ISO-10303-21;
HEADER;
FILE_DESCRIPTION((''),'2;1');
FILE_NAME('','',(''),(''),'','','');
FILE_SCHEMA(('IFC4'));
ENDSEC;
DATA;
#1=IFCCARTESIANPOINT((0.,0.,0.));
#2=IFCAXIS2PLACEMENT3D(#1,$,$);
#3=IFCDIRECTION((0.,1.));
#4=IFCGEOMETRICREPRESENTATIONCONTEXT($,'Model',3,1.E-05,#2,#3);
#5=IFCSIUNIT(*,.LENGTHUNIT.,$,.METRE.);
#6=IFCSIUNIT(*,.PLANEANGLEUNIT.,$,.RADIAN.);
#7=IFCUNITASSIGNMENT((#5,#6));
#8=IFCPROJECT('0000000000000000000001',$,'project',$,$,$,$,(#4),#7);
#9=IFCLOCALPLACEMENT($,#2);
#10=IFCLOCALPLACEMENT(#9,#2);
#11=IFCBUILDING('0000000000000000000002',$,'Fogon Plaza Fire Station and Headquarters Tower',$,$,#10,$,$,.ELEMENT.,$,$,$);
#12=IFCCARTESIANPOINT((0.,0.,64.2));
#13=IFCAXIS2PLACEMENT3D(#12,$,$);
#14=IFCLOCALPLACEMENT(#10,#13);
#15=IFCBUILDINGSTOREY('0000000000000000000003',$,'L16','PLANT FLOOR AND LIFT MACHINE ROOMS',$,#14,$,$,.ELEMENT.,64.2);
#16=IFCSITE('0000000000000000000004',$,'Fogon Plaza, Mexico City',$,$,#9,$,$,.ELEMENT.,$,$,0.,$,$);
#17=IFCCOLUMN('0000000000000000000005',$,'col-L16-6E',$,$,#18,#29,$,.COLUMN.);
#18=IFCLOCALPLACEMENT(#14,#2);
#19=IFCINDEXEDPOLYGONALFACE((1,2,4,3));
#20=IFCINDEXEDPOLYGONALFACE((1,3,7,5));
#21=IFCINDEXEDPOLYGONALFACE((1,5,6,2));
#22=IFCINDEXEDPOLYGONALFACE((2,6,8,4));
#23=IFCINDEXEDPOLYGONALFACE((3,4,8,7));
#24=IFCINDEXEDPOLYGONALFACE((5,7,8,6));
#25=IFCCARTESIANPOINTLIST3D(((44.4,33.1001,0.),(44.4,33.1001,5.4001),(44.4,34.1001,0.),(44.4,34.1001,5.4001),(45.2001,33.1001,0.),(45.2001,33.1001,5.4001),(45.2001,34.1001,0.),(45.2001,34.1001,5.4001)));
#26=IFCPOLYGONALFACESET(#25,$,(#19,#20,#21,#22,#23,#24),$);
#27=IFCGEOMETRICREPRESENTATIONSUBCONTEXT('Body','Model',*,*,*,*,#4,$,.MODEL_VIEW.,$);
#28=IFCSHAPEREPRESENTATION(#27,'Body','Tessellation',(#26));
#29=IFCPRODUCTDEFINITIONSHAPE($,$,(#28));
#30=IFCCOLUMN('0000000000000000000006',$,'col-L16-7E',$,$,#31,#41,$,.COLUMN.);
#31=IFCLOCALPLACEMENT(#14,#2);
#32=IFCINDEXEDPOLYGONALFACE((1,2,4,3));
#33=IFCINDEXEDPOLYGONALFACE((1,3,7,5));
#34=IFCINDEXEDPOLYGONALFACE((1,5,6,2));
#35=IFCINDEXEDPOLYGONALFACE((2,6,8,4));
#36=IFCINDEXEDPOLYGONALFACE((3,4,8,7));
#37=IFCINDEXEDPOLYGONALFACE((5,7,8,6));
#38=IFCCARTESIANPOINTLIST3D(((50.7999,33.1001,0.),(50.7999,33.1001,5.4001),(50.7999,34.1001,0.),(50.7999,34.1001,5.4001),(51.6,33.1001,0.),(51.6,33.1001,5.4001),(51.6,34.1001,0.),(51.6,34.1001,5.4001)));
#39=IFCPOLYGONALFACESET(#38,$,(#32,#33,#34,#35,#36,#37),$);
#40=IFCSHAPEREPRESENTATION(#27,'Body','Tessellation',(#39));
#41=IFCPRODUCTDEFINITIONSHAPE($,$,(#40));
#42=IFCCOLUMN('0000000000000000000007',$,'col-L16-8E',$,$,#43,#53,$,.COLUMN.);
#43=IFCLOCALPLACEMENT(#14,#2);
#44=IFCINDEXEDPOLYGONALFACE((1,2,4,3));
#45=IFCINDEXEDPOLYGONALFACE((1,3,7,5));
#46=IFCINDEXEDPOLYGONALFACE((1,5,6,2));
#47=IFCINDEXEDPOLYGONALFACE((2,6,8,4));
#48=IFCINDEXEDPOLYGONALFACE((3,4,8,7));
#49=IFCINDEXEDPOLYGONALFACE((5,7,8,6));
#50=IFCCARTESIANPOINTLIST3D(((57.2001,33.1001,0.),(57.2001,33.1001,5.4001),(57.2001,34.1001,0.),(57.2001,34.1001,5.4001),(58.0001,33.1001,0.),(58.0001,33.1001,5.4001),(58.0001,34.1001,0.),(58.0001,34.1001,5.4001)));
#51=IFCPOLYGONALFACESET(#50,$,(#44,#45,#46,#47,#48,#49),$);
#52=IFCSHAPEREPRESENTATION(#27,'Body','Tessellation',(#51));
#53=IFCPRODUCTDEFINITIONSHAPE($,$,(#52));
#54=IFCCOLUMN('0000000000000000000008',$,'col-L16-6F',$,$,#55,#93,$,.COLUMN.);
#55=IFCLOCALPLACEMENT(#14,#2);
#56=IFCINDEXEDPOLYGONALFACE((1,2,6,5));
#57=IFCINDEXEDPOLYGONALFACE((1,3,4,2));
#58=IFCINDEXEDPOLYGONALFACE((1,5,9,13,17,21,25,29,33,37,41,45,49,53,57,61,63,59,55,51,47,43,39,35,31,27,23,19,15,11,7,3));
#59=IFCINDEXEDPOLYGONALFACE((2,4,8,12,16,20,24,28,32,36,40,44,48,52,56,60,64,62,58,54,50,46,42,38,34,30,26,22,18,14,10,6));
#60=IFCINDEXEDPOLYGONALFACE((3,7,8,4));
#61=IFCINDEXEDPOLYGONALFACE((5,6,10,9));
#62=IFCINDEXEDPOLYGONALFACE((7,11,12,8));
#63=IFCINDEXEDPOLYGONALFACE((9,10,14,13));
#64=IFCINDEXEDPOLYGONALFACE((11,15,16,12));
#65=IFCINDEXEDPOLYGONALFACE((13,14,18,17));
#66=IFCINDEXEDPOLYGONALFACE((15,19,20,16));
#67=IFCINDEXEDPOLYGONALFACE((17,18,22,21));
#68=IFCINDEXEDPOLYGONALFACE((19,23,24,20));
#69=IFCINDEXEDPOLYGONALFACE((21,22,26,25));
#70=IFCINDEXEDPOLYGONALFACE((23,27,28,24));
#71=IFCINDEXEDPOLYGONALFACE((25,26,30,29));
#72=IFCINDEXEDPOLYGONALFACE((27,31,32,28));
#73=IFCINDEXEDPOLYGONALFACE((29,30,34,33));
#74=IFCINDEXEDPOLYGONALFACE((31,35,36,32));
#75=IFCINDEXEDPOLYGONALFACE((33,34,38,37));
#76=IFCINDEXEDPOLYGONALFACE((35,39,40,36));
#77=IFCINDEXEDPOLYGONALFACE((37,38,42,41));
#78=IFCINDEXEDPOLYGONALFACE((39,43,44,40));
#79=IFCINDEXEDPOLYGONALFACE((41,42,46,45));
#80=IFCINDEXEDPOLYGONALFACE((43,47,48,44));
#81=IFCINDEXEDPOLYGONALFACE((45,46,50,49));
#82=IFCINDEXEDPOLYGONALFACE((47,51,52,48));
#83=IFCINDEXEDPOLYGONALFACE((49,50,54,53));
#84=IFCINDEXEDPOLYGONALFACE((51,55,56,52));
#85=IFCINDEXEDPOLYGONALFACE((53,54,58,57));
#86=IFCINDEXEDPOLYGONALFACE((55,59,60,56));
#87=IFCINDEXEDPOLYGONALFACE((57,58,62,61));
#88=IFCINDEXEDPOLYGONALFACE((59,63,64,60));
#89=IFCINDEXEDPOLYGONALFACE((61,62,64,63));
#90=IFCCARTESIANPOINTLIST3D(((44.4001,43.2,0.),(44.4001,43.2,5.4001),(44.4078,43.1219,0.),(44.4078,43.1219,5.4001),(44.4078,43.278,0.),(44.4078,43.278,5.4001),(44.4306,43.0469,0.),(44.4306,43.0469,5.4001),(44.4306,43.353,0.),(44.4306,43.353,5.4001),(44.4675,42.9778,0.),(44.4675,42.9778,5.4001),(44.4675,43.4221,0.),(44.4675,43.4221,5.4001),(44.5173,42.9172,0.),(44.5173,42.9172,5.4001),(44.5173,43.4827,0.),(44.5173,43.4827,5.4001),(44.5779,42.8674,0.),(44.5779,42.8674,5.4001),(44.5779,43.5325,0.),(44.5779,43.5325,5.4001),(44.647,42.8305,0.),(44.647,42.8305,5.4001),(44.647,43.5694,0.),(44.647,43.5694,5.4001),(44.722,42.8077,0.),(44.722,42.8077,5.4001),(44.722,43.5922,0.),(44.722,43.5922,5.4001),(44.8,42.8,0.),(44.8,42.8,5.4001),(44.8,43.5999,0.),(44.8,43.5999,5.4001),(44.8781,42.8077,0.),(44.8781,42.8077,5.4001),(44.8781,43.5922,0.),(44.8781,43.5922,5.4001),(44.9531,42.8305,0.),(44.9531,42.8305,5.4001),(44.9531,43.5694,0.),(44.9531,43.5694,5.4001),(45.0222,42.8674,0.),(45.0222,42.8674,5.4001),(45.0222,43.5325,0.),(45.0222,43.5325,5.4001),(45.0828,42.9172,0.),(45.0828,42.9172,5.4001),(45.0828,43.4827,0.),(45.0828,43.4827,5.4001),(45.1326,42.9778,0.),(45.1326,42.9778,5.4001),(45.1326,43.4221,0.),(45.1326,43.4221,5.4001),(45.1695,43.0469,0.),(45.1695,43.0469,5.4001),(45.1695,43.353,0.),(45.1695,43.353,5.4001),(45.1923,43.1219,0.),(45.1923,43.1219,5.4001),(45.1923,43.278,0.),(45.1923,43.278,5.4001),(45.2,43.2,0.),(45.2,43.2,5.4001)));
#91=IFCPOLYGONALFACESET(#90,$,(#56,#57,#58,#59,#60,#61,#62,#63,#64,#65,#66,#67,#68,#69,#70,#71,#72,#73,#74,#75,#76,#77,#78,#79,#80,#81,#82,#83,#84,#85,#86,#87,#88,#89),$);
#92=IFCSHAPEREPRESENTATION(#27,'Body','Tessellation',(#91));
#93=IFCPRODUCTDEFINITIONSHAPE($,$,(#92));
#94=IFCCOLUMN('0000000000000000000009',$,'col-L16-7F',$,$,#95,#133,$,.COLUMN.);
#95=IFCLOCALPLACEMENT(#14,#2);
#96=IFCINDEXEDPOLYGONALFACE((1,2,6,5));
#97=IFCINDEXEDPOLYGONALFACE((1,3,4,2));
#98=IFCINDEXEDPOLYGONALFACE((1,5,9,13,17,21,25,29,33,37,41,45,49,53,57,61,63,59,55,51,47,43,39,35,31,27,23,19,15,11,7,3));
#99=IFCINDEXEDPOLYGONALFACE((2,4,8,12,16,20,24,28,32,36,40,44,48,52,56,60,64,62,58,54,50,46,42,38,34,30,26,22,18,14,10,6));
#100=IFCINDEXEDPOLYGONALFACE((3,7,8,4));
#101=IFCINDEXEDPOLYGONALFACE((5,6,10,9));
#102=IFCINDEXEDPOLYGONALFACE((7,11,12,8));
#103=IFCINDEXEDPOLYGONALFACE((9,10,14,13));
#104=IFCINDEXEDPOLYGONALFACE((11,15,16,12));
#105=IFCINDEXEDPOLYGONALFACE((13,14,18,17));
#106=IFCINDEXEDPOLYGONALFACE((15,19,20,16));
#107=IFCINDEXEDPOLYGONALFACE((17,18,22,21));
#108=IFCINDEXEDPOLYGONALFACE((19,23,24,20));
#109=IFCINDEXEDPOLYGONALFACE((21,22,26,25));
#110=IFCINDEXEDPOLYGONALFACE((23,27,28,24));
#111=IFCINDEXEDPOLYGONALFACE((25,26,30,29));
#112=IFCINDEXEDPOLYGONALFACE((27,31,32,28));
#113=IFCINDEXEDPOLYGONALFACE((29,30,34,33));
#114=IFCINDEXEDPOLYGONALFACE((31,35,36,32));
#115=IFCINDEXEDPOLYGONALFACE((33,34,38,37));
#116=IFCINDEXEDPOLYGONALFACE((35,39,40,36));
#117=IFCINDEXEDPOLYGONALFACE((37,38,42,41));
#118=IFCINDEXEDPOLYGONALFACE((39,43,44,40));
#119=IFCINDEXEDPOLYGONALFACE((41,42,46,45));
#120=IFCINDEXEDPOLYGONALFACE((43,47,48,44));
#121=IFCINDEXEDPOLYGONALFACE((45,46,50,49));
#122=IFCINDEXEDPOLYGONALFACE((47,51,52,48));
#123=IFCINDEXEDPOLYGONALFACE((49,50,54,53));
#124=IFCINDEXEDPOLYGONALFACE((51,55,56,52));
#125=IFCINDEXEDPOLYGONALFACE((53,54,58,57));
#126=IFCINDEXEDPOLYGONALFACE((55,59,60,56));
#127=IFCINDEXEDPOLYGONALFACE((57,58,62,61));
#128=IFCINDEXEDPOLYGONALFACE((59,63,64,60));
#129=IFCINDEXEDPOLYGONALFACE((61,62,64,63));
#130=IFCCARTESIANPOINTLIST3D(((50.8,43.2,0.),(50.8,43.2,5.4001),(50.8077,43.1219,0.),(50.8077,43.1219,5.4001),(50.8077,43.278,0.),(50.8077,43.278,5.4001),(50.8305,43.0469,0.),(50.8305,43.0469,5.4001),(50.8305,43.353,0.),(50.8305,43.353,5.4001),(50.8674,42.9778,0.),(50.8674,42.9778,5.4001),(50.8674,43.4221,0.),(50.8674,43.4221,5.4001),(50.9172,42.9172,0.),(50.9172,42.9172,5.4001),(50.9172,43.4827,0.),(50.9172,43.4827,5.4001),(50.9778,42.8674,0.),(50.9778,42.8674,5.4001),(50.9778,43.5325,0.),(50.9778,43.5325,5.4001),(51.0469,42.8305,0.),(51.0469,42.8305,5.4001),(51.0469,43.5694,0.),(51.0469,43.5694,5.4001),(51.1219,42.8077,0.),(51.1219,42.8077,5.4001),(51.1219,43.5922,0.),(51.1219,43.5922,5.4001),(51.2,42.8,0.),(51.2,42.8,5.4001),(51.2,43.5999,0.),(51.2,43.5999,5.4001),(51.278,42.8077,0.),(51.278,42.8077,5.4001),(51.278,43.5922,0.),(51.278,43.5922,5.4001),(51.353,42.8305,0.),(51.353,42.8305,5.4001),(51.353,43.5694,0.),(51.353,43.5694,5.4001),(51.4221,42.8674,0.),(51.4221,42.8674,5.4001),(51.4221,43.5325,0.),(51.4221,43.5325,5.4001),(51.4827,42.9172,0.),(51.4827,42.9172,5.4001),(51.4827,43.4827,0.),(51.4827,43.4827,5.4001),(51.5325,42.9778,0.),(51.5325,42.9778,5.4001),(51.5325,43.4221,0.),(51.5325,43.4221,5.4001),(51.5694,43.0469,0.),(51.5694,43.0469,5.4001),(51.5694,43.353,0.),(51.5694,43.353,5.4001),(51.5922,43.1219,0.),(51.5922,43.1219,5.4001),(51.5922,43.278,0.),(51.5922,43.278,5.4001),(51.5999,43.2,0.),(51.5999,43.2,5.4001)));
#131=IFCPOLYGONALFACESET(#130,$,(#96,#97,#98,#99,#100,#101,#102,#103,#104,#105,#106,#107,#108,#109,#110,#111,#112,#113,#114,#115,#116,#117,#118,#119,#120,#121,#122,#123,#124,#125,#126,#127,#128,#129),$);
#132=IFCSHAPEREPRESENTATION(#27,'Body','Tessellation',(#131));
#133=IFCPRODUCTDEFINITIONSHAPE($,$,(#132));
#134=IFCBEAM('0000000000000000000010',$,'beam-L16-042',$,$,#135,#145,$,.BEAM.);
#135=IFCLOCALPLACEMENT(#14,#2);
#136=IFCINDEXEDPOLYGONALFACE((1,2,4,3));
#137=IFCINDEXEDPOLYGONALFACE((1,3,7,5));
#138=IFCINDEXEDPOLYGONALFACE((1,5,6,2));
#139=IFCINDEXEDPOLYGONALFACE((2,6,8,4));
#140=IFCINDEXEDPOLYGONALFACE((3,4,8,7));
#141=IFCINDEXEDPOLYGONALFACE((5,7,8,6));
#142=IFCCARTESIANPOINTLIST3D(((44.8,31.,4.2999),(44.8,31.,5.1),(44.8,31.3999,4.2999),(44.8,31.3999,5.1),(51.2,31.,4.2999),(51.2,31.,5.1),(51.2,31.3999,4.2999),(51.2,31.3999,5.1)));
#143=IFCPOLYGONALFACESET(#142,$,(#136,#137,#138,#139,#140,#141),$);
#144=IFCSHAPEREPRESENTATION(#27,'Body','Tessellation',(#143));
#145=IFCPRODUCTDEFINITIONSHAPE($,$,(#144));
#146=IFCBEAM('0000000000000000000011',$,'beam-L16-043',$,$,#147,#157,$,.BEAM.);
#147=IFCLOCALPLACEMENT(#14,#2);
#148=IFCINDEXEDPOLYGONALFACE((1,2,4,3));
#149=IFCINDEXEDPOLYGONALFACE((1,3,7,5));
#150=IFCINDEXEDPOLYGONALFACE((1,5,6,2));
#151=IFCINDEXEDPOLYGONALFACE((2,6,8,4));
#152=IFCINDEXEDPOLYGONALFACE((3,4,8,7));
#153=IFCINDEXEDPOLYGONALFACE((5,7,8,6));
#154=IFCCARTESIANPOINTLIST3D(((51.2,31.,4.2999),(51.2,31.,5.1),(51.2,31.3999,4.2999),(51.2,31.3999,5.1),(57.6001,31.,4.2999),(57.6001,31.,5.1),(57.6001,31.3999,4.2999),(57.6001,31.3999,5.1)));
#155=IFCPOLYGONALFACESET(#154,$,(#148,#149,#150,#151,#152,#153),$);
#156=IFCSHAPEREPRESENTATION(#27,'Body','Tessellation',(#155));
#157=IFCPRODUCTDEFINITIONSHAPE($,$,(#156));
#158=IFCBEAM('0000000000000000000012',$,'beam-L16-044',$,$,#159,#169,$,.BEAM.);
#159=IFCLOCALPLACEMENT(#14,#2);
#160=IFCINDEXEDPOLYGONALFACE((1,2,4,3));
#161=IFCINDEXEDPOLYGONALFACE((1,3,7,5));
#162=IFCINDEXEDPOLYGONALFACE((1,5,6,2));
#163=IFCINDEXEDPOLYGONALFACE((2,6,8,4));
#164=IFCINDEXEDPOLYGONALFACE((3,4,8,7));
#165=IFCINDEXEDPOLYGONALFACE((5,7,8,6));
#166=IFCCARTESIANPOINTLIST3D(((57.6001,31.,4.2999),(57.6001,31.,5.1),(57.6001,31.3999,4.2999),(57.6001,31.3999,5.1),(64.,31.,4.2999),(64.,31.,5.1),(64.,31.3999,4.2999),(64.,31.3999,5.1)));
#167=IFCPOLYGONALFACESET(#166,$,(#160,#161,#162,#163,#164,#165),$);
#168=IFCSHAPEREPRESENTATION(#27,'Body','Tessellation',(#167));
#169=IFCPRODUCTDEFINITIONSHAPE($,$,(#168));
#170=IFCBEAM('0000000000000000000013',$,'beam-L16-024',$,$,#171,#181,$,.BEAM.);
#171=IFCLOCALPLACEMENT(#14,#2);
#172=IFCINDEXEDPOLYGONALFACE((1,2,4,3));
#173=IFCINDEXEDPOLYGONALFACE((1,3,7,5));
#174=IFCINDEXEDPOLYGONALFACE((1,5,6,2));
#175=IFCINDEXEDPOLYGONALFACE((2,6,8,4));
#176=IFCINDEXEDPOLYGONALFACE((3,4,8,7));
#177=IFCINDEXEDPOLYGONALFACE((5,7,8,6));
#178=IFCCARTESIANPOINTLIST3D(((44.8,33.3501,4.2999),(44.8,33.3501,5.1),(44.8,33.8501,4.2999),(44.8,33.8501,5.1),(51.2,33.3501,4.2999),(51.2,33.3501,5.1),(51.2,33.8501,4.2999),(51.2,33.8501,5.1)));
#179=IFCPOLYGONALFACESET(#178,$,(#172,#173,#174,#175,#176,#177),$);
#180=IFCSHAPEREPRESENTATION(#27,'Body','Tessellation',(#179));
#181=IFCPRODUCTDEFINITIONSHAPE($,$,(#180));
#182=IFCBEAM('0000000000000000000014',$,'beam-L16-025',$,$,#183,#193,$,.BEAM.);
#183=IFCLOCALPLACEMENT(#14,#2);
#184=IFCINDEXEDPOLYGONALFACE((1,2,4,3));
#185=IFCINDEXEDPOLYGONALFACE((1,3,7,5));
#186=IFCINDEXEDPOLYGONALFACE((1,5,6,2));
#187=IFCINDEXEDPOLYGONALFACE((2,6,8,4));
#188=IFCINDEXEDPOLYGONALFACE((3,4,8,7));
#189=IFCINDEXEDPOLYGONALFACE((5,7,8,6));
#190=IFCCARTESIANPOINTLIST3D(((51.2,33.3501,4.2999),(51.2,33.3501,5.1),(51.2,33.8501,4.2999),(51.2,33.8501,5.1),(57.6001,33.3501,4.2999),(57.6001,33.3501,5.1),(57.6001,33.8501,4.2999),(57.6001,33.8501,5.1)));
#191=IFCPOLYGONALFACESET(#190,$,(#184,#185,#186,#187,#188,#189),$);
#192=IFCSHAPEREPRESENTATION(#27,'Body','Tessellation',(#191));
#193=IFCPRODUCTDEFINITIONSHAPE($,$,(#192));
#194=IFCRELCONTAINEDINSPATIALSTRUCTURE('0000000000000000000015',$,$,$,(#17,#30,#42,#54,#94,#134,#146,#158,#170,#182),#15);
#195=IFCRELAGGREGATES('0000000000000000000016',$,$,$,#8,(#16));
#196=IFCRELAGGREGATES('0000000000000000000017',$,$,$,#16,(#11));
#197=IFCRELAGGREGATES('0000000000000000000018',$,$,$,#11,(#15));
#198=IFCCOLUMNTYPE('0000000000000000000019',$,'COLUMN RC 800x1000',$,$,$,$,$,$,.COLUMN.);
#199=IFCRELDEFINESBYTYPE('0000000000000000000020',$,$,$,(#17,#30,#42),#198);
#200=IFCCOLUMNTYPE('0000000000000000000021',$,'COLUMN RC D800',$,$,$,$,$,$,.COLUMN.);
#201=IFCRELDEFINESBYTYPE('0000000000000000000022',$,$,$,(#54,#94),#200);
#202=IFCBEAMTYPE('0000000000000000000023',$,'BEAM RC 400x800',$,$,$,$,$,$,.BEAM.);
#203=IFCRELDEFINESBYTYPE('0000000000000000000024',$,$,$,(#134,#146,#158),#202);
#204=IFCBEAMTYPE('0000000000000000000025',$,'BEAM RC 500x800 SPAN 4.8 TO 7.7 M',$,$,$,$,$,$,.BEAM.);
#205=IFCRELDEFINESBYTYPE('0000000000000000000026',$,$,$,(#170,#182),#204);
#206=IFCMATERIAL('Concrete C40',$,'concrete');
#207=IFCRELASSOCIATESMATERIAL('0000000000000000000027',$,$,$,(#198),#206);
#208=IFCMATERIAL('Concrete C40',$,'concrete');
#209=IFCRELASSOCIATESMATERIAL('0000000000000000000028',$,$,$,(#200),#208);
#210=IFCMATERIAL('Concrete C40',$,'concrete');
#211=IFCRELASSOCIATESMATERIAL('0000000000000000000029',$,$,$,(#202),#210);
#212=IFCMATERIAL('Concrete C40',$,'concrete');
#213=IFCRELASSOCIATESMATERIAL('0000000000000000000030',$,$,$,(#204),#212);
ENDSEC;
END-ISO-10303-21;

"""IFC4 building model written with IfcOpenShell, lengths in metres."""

from ifc_helpers import new_model, si_unit, direction, frame, origin, origin_2d, place, context, subcontext, project, spatial, rectangle, circle, extrude, material, material_profile, profile_set, type_object, element, save


model = new_model("IFC4")

# Units and contexts
model_context = context("Model", 3, precision=1e-05, world=origin(), true_north=direction((0.0, 1.0)))
body_context = subcontext(model_context, "Body", "Model", "MODEL_VIEW")
ifc_project = project(units=[si_unit("LENGTHUNIT", "METRE"), si_unit("PLANEANGLEUNIT", "RADIAN")], contexts=[model_context])

# Site, building, storey
site_placement = place(None, origin())
site = spatial("IfcSite", under=ifc_project, at=site_placement, Name="Fogon Plaza, Mexico City", CompositionType="ELEMENT", RefElevation=0.0)
building_placement = place(site_placement, origin())
building = spatial("IfcBuilding", under=site, at=building_placement, Name="Fogon Plaza Fire Station and Headquarters Tower", CompositionType="ELEMENT")
storey_placement = place(building_placement, frame((0.0, 0.0, 64.2)))
storey = spatial("IfcBuildingStorey", under=building, at=storey_placement, Name="L16", Description="PLANT FLOOR AND LIFT MACHINE ROOMS", CompositionType="ELEMENT", Elevation=64.2)

# Columns
ifc_material_1 = material(Name="Concrete C40", Category="concrete")
ifc_material_profile_1 = material_profile(ifc_material_1, rectangle(XDim=0.8, YDim=1.0, at=origin_2d()), Name="RC 800x1000")
ifc_profile_set_1 = profile_set([ifc_material_profile_1], Name="Concrete C40")
column_type_1 = type_object("IfcColumnType", Name="COLUMN RC 800x1000", PredefinedType="COLUMN", material=ifc_profile_set_1)
for number, where, z_axis, x_axis, name in (
    (1, (44.8, 33.6001, 0.0), (0.0, 0.0, 1.0), (1.0, 0.0, 0.0), "col-L16-6E"),
    (2, (51.2, 33.6001, 0.0), (0.0, 0.0, 1.0), (1.0, 0.0, 0.0), "col-L16-7E"),
    (3, (57.6001, 33.6001, 0.0), (0.0, 0.0, 1.0), (1.0, 0.0, 0.0), "col-L16-8E"),
):
    element("IfcColumn", number, at=place(storey_placement, frame(where, z_axis=z_axis, x_axis=x_axis)), inside=storey, type_object=column_type_1, Name=name, PredefinedType="COLUMN", context=body_context, shape_type="SweptSolid", body=[
        extrude(rectangle(XDim=0.8, YDim=1.0, at=origin_2d()), origin(), (0.0, 0.0, 1.0), 5.4001),
    ])
ifc_material_2 = material(Name="Concrete C40", Category="concrete")
ifc_material_profile_2 = material_profile(ifc_material_2, circle(Radius=0.3999, at=origin_2d()), Name="RC D800")
ifc_profile_set_2 = profile_set([ifc_material_profile_2], Name="Concrete C40")
column_type_2 = type_object("IfcColumnType", Name="COLUMN RC D800", PredefinedType="COLUMN", material=ifc_profile_set_2)
for number, where, z_axis, x_axis, name in (
    (4, (44.8, 43.2, 0.0), (0.0, 0.0, 1.0), (1.0, 0.0, 0.0), "col-L16-6F"),
    (5, (51.2, 43.2, 0.0), (0.0, 0.0, 1.0), (1.0, 0.0, 0.0), "col-L16-7F"),
):
    element("IfcColumn", number, at=place(storey_placement, frame(where, z_axis=z_axis, x_axis=x_axis)), inside=storey, type_object=column_type_2, Name=name, PredefinedType="COLUMN", context=body_context, shape_type="SweptSolid", body=[
        extrude(circle(Radius=0.3999, at=origin_2d()), origin(), (0.0, 0.0, 1.0), 5.4001),
    ])

# Beams
ifc_material_3 = material(Name="Concrete C40", Category="concrete")
ifc_material_profile_3 = material_profile(ifc_material_3, rectangle(XDim=0.3999, YDim=0.8, at=origin_2d()), Name="RC 400x800")
ifc_profile_set_3 = profile_set([ifc_material_profile_3], Name="Concrete C40")
beam_type_1 = type_object("IfcBeamType", Name="BEAM RC 400x800", PredefinedType="BEAM", material=ifc_profile_set_3)
beam_1_placement = place(storey_placement, frame((44.8, 31.2, 4.7), z_axis=(1.0, 0.0, 0.0), x_axis=(0.0, 1.0, 0.0)))
element("IfcBeam", 6, at=beam_1_placement, inside=storey, type_object=beam_type_1, Name="beam-L16-042", PredefinedType="BEAM", context=body_context, shape_type="SweptSolid", body=[
    extrude(rectangle(XDim=0.3999, YDim=0.8, at=origin_2d()), origin(), (0.0, 0.0, 1.0), 6.3999),
])
beam_2_placement = place(storey_placement, frame((51.2, 31.2, 4.7), z_axis=(1.0, 0.0, 0.0), x_axis=(0.0, 1.0, 0.0)))
element("IfcBeam", 7, at=beam_2_placement, inside=storey, type_object=beam_type_1, Name="beam-L16-043", PredefinedType="BEAM", context=body_context, shape_type="SweptSolid", body=[
    extrude(rectangle(XDim=0.3999, YDim=0.8, at=origin_2d()), origin(), (0.0, 0.0, 1.0), 6.4001),
])
beam_3_placement = place(storey_placement, frame((57.6001, 31.2, 4.7), z_axis=(1.0, 0.0, 0.0), x_axis=(0.0, 1.0, 0.0)))
element("IfcBeam", 8, at=beam_3_placement, inside=storey, type_object=beam_type_1, Name="beam-L16-044", PredefinedType="BEAM", context=body_context, shape_type="SweptSolid", body=[
    extrude(rectangle(XDim=0.3999, YDim=0.8, at=origin_2d()), origin(), (0.0, 0.0, 1.0), 6.3999),
])
ifc_material_4 = material(Name="Concrete C40", Category="concrete")
ifc_material_profile_4 = material_profile(ifc_material_4, rectangle(XDim=0.5, YDim=0.8, at=origin_2d()), Name="RC 500x800")
ifc_profile_set_4 = profile_set([ifc_material_profile_4], Name="Concrete C40")
beam_type_2 = type_object("IfcBeamType", Name="BEAM RC 500x800 SPAN 4.8 TO 7.7 M", PredefinedType="BEAM", material=ifc_profile_set_4)
beam_4_placement = place(storey_placement, frame((44.8, 33.6001, 4.7), z_axis=(1.0, 0.0, 0.0), x_axis=(0.0, 1.0, 0.0)))
element("IfcBeam", 9, at=beam_4_placement, inside=storey, type_object=beam_type_2, Name="beam-L16-024", PredefinedType="BEAM", context=body_context, shape_type="SweptSolid", body=[
    extrude(rectangle(XDim=0.5, YDim=0.8, at=origin_2d()), origin(), (0.0, 0.0, 1.0), 6.3999),
])
beam_5_placement = place(storey_placement, frame((51.2, 33.6001, 4.7), z_axis=(1.0, 0.0, 0.0), x_axis=(0.0, 1.0, 0.0)))
element("IfcBeam", 10, at=beam_5_placement, inside=storey, type_object=beam_type_2, Name="beam-L16-025", PredefinedType="BEAM", context=body_context, shape_type="SweptSolid", body=[
    extrude(rectangle(XDim=0.5, YDim=0.8, at=origin_2d()), origin(), (0.0, 0.0, 1.0), 6.4001),
])

save(model, "model.ifc")
